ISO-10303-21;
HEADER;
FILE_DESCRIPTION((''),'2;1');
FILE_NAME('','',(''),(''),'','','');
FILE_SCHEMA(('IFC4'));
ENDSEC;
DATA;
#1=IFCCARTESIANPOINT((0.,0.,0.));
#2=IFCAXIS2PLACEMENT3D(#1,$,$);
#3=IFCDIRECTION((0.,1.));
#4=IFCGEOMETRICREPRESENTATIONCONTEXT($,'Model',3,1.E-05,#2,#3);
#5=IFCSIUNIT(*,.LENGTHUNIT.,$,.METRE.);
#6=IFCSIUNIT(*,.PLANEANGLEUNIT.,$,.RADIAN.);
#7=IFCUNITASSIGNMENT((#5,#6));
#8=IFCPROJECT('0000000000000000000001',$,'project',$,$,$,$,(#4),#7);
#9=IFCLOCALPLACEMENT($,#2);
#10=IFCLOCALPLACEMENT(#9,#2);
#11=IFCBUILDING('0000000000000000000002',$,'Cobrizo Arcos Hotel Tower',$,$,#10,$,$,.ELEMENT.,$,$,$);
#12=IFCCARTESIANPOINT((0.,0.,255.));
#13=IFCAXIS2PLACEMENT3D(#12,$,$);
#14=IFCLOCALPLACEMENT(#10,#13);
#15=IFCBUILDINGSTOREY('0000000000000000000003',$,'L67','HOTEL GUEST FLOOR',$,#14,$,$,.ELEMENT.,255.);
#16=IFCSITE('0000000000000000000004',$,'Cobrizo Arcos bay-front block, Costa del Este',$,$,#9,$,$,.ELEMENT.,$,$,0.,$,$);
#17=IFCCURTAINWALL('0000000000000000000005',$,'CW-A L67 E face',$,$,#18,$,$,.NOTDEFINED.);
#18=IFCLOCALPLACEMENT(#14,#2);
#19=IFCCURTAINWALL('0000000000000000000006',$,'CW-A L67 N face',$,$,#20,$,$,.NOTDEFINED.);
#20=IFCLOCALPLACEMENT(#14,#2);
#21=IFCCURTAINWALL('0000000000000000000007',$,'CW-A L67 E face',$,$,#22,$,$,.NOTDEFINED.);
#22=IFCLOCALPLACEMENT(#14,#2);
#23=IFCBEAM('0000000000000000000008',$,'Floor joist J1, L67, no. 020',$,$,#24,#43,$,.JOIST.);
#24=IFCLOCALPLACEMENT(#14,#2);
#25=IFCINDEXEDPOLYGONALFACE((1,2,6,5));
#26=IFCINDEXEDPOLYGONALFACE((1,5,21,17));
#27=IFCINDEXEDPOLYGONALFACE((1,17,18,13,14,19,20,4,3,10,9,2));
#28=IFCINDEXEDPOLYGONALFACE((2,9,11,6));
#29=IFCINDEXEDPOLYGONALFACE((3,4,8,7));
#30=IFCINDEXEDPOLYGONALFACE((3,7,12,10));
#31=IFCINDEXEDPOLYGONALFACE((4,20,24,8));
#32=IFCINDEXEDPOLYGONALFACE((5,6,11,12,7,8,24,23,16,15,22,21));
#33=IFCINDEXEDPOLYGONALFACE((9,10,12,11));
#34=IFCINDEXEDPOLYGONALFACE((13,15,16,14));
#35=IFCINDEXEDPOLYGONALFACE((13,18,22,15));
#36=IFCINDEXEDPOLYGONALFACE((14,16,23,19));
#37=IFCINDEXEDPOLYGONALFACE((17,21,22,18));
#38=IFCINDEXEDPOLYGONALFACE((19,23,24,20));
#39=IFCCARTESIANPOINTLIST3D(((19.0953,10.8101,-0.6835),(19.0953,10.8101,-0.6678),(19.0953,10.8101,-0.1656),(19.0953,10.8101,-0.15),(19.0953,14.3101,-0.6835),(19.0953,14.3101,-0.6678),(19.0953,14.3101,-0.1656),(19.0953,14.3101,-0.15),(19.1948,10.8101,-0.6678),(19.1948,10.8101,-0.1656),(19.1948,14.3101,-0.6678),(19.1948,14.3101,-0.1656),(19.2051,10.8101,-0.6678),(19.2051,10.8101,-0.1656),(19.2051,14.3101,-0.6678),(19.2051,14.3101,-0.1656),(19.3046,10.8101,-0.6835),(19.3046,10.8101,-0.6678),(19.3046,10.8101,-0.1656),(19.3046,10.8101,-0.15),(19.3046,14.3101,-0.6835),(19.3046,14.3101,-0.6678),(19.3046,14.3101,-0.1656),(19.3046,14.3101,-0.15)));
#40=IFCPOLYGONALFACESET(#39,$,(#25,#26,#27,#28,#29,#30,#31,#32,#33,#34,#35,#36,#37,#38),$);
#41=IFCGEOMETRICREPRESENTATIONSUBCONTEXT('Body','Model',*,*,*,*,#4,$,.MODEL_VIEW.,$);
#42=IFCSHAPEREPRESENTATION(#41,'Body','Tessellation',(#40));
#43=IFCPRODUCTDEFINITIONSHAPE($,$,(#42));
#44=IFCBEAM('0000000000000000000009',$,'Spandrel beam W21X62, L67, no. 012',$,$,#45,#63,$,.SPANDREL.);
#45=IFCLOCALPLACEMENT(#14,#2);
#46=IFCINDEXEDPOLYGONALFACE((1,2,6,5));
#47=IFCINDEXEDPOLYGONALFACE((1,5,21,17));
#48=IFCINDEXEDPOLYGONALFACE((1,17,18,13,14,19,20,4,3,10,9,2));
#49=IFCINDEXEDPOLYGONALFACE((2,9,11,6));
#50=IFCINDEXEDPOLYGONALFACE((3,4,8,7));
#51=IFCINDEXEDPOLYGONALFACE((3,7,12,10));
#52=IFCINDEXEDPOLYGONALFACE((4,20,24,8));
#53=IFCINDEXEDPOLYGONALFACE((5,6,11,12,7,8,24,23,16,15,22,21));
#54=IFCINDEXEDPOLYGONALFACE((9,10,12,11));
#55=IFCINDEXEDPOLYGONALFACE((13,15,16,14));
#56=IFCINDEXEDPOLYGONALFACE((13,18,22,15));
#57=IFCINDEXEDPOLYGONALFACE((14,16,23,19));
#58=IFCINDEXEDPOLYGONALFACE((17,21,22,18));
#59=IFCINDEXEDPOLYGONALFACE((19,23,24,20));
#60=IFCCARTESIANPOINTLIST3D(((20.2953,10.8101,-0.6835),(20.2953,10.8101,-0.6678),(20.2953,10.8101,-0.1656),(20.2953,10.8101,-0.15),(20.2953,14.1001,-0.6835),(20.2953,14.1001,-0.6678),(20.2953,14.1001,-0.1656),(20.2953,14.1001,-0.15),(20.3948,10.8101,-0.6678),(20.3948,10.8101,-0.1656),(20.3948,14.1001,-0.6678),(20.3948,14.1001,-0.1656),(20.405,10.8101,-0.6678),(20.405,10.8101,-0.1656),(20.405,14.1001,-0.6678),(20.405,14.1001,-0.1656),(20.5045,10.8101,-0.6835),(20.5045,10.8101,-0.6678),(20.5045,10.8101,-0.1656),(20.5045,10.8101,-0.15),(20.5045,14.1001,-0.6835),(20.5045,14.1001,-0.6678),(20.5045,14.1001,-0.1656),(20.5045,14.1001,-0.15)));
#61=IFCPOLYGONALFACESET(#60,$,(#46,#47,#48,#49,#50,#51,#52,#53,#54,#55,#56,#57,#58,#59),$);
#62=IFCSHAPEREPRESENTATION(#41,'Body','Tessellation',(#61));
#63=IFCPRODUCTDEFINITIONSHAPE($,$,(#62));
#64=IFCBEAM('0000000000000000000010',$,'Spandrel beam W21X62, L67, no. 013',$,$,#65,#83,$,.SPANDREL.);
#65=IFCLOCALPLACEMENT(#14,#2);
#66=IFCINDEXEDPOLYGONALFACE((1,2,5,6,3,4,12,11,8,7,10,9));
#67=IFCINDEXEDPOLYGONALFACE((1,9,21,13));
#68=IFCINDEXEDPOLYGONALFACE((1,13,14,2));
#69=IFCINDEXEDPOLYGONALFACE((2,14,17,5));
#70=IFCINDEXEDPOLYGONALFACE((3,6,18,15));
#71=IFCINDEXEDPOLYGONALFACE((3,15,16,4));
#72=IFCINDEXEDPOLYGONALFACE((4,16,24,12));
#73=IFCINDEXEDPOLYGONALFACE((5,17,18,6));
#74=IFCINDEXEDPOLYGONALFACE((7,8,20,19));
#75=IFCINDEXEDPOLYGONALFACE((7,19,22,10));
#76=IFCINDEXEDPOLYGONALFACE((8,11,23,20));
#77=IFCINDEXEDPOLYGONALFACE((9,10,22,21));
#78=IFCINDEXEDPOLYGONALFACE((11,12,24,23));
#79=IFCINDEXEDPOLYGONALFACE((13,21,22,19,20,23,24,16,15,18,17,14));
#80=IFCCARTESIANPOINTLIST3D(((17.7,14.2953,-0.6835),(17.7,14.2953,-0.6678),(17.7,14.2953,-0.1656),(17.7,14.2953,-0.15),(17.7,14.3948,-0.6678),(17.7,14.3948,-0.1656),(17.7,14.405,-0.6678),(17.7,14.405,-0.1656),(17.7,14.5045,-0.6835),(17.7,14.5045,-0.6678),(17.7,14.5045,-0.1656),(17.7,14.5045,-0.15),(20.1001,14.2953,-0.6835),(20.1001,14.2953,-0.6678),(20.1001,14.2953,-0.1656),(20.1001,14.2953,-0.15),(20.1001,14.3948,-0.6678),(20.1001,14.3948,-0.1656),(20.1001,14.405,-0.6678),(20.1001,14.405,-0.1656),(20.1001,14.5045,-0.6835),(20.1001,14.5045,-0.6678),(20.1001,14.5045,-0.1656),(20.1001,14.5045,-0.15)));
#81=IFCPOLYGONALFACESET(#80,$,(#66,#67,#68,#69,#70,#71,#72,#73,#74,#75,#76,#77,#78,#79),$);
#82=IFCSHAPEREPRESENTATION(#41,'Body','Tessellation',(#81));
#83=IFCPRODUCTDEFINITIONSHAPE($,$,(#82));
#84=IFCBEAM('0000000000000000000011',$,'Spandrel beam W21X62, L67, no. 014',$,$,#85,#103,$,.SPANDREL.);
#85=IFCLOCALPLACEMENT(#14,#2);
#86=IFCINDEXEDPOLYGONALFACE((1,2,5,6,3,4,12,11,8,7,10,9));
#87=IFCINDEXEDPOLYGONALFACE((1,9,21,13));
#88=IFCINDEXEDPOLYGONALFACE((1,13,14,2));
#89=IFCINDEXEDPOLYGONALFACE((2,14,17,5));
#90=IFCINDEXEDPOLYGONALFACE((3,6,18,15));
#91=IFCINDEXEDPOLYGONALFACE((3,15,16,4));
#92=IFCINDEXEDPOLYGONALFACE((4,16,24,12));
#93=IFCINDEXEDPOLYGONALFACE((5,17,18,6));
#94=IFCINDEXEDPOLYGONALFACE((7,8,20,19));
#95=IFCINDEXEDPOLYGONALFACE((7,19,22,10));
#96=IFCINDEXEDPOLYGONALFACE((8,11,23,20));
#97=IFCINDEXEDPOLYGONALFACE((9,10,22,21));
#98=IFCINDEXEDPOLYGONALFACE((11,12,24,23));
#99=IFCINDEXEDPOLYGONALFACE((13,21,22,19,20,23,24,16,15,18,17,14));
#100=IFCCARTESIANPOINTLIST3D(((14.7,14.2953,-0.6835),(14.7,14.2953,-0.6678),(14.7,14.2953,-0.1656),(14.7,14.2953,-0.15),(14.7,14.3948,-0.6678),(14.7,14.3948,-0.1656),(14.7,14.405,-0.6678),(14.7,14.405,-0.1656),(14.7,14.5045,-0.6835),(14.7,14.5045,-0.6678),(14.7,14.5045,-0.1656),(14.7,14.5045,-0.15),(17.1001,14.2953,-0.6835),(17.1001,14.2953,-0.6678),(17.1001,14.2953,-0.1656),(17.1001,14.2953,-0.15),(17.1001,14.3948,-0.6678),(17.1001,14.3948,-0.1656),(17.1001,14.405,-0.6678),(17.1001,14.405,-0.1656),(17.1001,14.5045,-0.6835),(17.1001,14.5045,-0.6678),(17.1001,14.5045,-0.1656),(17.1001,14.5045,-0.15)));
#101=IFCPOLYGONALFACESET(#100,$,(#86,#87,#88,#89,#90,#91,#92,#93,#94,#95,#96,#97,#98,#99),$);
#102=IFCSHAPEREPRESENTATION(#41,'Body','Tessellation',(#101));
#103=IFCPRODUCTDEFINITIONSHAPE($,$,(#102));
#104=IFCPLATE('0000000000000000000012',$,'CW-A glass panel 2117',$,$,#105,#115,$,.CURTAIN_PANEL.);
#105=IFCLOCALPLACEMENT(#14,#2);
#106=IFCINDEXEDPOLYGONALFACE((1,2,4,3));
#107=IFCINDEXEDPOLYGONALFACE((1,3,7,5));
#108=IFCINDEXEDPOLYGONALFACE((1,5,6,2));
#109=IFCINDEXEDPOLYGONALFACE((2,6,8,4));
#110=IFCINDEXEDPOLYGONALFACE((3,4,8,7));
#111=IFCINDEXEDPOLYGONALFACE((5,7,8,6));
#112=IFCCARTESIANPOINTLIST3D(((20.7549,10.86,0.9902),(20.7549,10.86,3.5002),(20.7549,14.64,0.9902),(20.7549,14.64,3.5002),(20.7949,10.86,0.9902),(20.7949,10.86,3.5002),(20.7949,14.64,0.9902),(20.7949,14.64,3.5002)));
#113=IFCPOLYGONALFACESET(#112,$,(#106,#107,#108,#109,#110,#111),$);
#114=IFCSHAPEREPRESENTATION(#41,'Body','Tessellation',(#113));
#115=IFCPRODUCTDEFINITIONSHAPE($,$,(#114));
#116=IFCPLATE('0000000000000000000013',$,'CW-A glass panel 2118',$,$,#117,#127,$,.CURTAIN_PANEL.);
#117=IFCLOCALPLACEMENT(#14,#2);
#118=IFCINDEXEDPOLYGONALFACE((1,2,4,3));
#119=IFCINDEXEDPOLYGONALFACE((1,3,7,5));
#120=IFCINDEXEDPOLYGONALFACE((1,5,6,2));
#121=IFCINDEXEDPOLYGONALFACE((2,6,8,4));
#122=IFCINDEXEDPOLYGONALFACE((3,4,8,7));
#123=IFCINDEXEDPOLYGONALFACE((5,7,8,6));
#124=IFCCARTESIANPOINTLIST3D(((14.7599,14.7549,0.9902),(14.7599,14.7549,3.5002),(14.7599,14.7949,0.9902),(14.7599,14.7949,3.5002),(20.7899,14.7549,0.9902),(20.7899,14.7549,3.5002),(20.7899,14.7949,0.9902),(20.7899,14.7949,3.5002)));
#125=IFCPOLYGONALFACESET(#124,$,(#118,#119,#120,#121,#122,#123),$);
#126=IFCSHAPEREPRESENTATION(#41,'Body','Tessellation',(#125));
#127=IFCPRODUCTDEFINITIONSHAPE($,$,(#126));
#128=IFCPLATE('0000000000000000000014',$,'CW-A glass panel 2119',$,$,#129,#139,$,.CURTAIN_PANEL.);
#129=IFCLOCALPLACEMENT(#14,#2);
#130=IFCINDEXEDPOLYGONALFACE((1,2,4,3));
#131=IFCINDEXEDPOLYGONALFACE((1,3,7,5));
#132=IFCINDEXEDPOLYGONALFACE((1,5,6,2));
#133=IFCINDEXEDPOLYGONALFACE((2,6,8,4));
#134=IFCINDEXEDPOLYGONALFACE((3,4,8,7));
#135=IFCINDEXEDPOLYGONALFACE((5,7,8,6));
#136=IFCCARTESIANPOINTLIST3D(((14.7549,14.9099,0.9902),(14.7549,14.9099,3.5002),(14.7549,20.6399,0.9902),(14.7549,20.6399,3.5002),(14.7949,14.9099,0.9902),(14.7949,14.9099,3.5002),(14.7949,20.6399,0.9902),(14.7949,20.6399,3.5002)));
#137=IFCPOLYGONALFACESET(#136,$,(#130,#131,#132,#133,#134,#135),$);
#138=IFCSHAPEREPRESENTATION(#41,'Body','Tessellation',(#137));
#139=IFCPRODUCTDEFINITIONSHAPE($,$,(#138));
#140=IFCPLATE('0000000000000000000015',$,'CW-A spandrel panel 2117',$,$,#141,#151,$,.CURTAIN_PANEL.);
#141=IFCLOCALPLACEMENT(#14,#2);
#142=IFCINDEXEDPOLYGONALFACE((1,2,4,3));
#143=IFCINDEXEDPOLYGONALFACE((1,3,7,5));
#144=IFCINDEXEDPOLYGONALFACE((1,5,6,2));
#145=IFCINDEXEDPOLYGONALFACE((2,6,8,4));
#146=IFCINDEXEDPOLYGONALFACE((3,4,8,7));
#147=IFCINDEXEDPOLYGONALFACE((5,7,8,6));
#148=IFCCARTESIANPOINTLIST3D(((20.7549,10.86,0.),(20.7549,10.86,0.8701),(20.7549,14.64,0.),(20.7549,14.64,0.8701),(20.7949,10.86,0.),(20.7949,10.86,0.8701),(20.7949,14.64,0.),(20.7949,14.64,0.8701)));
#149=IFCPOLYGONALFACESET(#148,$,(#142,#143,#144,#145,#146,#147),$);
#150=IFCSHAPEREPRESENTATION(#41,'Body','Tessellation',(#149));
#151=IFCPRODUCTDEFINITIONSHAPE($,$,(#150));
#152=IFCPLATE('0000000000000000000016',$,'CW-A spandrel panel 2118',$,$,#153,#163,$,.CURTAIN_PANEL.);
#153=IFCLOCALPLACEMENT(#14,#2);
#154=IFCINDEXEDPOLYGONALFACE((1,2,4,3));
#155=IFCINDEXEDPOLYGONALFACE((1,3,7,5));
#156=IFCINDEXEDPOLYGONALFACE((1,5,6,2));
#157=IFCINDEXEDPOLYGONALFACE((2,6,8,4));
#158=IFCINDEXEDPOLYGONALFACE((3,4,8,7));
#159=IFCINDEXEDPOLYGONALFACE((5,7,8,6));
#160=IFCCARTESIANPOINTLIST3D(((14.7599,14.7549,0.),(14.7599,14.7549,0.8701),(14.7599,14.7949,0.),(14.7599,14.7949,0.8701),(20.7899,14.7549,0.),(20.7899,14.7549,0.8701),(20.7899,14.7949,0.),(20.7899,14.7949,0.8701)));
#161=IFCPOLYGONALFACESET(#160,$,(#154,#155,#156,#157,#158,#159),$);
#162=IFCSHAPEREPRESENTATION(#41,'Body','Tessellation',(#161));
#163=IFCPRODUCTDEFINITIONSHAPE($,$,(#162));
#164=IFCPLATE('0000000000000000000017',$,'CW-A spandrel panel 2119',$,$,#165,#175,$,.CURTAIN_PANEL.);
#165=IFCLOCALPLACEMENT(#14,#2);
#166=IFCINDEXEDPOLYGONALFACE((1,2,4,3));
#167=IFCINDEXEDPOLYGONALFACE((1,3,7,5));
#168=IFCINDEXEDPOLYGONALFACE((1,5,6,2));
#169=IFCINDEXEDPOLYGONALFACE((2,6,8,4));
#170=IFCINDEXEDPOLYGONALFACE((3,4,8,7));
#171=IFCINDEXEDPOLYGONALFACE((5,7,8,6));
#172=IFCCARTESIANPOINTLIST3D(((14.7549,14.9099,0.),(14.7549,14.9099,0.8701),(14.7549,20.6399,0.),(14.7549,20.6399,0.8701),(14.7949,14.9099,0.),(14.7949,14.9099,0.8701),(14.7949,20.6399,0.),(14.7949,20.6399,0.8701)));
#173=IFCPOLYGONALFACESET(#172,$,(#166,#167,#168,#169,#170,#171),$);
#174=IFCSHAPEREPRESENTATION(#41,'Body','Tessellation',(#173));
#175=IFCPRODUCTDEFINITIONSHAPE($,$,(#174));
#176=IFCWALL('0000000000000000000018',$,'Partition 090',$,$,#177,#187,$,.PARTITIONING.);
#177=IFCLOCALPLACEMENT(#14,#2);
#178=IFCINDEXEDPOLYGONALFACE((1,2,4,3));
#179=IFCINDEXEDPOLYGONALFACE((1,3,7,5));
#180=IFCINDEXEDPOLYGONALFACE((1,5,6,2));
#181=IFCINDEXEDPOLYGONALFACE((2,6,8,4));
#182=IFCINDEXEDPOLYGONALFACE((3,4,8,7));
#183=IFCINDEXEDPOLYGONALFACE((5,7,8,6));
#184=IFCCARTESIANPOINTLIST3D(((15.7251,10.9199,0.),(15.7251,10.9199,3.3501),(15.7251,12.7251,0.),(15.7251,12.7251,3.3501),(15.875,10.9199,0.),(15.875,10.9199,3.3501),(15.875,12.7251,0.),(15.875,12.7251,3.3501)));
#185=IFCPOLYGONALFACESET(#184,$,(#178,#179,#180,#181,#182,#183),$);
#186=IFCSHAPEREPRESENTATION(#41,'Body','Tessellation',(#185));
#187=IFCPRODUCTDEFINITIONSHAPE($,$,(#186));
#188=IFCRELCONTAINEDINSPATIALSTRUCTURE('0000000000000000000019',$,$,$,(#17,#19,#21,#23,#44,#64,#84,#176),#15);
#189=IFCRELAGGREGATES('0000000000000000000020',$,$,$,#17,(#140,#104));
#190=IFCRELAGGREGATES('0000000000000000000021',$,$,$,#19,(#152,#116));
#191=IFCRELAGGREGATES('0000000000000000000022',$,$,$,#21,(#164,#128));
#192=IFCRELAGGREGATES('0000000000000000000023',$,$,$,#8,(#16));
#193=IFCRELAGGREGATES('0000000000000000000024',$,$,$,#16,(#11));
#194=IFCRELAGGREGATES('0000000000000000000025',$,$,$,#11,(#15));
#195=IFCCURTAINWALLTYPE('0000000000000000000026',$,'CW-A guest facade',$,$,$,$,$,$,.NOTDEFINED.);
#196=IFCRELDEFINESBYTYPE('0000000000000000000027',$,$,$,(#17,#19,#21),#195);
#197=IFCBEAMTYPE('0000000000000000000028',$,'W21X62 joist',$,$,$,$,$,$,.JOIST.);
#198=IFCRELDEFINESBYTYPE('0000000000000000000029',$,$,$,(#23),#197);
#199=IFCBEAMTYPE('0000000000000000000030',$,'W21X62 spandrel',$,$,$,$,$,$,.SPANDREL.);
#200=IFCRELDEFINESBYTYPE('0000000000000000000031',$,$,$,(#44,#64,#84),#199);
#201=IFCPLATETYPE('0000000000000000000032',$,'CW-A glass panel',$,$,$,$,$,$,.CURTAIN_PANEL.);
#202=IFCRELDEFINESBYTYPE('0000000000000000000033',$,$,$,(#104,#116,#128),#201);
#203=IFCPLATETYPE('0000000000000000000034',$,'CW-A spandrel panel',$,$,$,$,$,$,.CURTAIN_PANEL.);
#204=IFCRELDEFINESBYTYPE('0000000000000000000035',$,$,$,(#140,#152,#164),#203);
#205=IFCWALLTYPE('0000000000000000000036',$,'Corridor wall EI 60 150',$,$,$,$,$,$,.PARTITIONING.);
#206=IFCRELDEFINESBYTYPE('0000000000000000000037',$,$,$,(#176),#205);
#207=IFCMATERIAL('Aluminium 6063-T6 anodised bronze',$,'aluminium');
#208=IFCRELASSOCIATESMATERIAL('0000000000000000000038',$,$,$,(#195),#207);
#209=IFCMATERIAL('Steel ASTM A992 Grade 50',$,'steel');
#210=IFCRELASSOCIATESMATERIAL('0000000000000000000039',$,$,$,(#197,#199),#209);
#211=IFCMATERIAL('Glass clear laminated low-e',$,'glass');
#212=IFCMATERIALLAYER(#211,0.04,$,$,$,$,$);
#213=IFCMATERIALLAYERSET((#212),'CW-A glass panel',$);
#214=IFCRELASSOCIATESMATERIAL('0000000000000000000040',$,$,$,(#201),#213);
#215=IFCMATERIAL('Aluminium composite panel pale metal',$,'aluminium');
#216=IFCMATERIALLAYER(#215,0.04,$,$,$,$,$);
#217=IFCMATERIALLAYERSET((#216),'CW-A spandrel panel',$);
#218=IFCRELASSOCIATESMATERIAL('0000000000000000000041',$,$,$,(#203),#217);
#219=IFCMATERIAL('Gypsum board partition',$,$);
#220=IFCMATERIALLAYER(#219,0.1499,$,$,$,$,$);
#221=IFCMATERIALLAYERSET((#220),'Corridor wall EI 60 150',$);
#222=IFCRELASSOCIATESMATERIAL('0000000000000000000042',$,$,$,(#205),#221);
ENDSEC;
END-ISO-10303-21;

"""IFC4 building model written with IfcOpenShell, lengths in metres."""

from ifc_helpers import new_model, si_unit, direction, frame, frame_2d, origin, origin_2d, place, context, subcontext, project, spatial, rectangle, i_section, extrude, material, layer, layer_set, material_profile, profile_set, type_object, element, aggregate, save


model = new_model("IFC4")

# Units and contexts
model_context = context("Model", 3, precision=1e-05, world=origin(), true_north=direction((0.0, 1.0)))
body_context = subcontext(model_context, "Body", "Model", "MODEL_VIEW")
ifc_project = project(units=[si_unit("LENGTHUNIT", "METRE"), si_unit("PLANEANGLEUNIT", "RADIAN")], contexts=[model_context])

# Site, building, storey
site_placement = place(None, origin())
site = spatial("IfcSite", under=ifc_project, at=site_placement, Name="Cobrizo Arcos bay-front block, Costa del Este", CompositionType="ELEMENT", RefElevation=0.0)
building_placement = place(site_placement, origin())
building = spatial("IfcBuilding", under=site, at=building_placement, Name="Cobrizo Arcos Hotel Tower", CompositionType="ELEMENT")
storey_placement = place(building_placement, frame((0.0, 0.0, 255.0)))
storey = spatial("IfcBuildingStorey", under=building, at=storey_placement, Name="L67", Description="HOTEL GUEST FLOOR", CompositionType="ELEMENT", Elevation=255.0)

# Curtain walls
ifc_material_1 = material(Name="Aluminium 6063-T6 anodised bronze", Category="aluminium")
curtain_wall_type = type_object("IfcCurtainWallType", Name="CW-A guest facade", PredefinedType="NOTDEFINED", material=ifc_material_1)
curtain_wall_1_placement = place(storey_placement, origin())
curtain_wall_1 = element("IfcCurtainWall", 1, at=curtain_wall_1_placement, inside=storey, type_object=curtain_wall_type, Name="CW-A L67 E face", PredefinedType="NOTDEFINED")
curtain_wall_2_placement = place(storey_placement, origin())
curtain_wall_2 = element("IfcCurtainWall", 2, at=curtain_wall_2_placement, inside=storey, type_object=curtain_wall_type, Name="CW-A L67 N face", PredefinedType="NOTDEFINED")
curtain_wall_3_placement = place(storey_placement, origin())
curtain_wall_3 = element("IfcCurtainWall", 3, at=curtain_wall_3_placement, inside=storey, type_object=curtain_wall_type, Name="CW-A L67 E face", PredefinedType="NOTDEFINED")

# Beams
ifc_material_2 = material(Name="Steel ASTM A992 Grade 50", Category="steel")
ifc_material_profile_1 = material_profile(ifc_material_2, i_section(OverallWidth=0.2092, OverallDepth=0.5334, WebThickness=0.0103, FlangeThickness=0.0156, at=origin_2d()), Name="W21X62")
ifc_profile_set_1 = profile_set([ifc_material_profile_1], Name="Steel ASTM A992 Grade 50")
beam_type_1 = type_object("IfcBeamType", Name="W21X62 joist", PredefinedType="JOIST", material=ifc_profile_set_1)
beam_1_placement = place(storey_placement, frame((19.2, 10.8101, -0.4167), z_axis=(0.0, 1.0, 0.0), x_axis=(-1.0, 0.0, 0.0)))
element("IfcBeam", 4, at=beam_1_placement, inside=storey, type_object=beam_type_1, Name="Floor joist J1, L67, no. 020", PredefinedType="JOIST", context=body_context, shape_type="SweptSolid", body=[
    extrude(i_section(OverallWidth=0.2092, OverallDepth=0.5334, WebThickness=0.0103, FlangeThickness=0.0156, at=origin_2d()), origin(), (0.0, 0.0, 1.0), 3.5),
])
ifc_material_profile_2 = material_profile(ifc_material_2, i_section(OverallWidth=0.2092, OverallDepth=0.5334, WebThickness=0.0103, FlangeThickness=0.0156, at=origin_2d()), Name="W21X62")
ifc_profile_set_2 = profile_set([ifc_material_profile_2], Name="Steel ASTM A992 Grade 50")
beam_type_2 = type_object("IfcBeamType", Name="W21X62 spandrel", PredefinedType="SPANDREL", material=ifc_profile_set_2)
beam_2_placement = place(storey_placement, frame((20.3999, 10.8101, -0.4167), z_axis=(0.0, 1.0, 0.0), x_axis=(-1.0, 0.0, 0.0)))
element("IfcBeam", 5, at=beam_2_placement, inside=storey, type_object=beam_type_2, Name="Spandrel beam W21X62, L67, no. 012", PredefinedType="SPANDREL", context=body_context, shape_type="SweptSolid", body=[
    extrude(i_section(OverallWidth=0.2092, OverallDepth=0.5334, WebThickness=0.0103, FlangeThickness=0.0156, at=origin_2d()), origin(), (0.0, 0.0, 1.0), 3.29),
])
for number, where, z_axis, x_axis, name in (
    (6, (20.1001, 14.3999, -0.4167), (-1.0, 0.0, 0.0), (0.0, -1.0, 0.0), "Spandrel beam W21X62, L67, no. 013"),
    (7, (17.1001, 14.3999, -0.4167), (-1.0, 0.0, 0.0), (0.0, -1.0, 0.0), "Spandrel beam W21X62, L67, no. 014"),
):
    element("IfcBeam", number, at=place(storey_placement, frame(where, z_axis=z_axis, x_axis=x_axis)), inside=storey, type_object=beam_type_2, Name=name, PredefinedType="SPANDREL", context=body_context, shape_type="SweptSolid", body=[
        extrude(i_section(OverallWidth=0.2092, OverallDepth=0.5334, WebThickness=0.0103, FlangeThickness=0.0156, at=origin_2d()), origin(), (0.0, 0.0, 1.0), 2.4001),
    ])

# Plates
ifc_material_3 = material(Name="Glass clear laminated low-e", Category="glass")
ifc_layer_1 = layer(ifc_material_3, 0.04)
ifc_layer_set_1 = layer_set([ifc_layer_1], Name="CW-A glass panel")
plate_type_1 = type_object("IfcPlateType", Name="CW-A glass panel", PredefinedType="CURTAIN_PANEL", material=ifc_layer_set_1)
plate_1_placement = place(storey_placement, frame((20.7749, 12.75, 0.9902), z_axis=(0.0, 0.0, 1.0), x_axis=(0.0, 1.0, 0.0)))
plate_1 = element("IfcPlate", 8, at=plate_1_placement, type_object=plate_type_1, Name="CW-A glass panel 2117", PredefinedType="CURTAIN_PANEL", context=body_context, shape_type="SweptSolid", body=[
    extrude(rectangle(XDim=3.78, YDim=0.04, at=origin_2d()), origin(), (0.0, 0.0, 1.0), 2.51),
])
plate_2_placement = place(storey_placement, frame((17.7749, 14.7749, 0.9902), z_axis=(0.0, 0.0, 1.0), x_axis=(-1.0, 0.0, 0.0)))
plate_2 = element("IfcPlate", 9, at=plate_2_placement, type_object=plate_type_1, Name="CW-A glass panel 2118", PredefinedType="CURTAIN_PANEL", context=body_context, shape_type="SweptSolid", body=[
    extrude(rectangle(XDim=6.03, YDim=0.04, at=origin_2d()), origin(), (0.0, 0.0, 1.0), 2.51),
])
plate_3_placement = place(storey_placement, frame((14.7749, 17.7749, 0.9902), z_axis=(0.0, 0.0, 1.0), x_axis=(0.0, 1.0, 0.0)))
plate_3 = element("IfcPlate", 10, at=plate_3_placement, type_object=plate_type_1, Name="CW-A glass panel 2119", PredefinedType="CURTAIN_PANEL", context=body_context, shape_type="SweptSolid", body=[
    extrude(rectangle(XDim=5.73, YDim=0.04, at=origin_2d()), origin(), (0.0, 0.0, 1.0), 2.51),
])
ifc_material_4 = material(Name="Aluminium composite panel pale metal", Category="aluminium")
ifc_layer_2 = layer(ifc_material_4, 0.04)
ifc_layer_set_2 = layer_set([ifc_layer_2], Name="CW-A spandrel panel")
plate_type_2 = type_object("IfcPlateType", Name="CW-A spandrel panel", PredefinedType="CURTAIN_PANEL", material=ifc_layer_set_2)
plate_4_placement = place(storey_placement, frame((20.7749, 12.75, 0.0), z_axis=(0.0, 0.0, 1.0), x_axis=(0.0, 1.0, 0.0)))
plate_4 = element("IfcPlate", 11, at=plate_4_placement, type_object=plate_type_2, Name="CW-A spandrel panel 2117", PredefinedType="CURTAIN_PANEL", context=body_context, shape_type="SweptSolid", body=[
    extrude(rectangle(XDim=3.78, YDim=0.04, at=origin_2d()), origin(), (0.0, 0.0, 1.0), 0.8701),
])
aggregate(curtain_wall_1, [plate_4, plate_1])
plate_5_placement = place(storey_placement, frame((17.7749, 14.7749, 0.0), z_axis=(0.0, 0.0, 1.0), x_axis=(-1.0, 0.0, 0.0)))
plate_5 = element("IfcPlate", 12, at=plate_5_placement, type_object=plate_type_2, Name="CW-A spandrel panel 2118", PredefinedType="CURTAIN_PANEL", context=body_context, shape_type="SweptSolid", body=[
    extrude(rectangle(XDim=6.03, YDim=0.04, at=origin_2d()), origin(), (0.0, 0.0, 1.0), 0.8701),
])
aggregate(curtain_wall_2, [plate_5, plate_2])
plate_6_placement = place(storey_placement, frame((14.7749, 17.7749, 0.0), z_axis=(0.0, 0.0, 1.0), x_axis=(0.0, 1.0, 0.0)))
plate_6 = element("IfcPlate", 13, at=plate_6_placement, type_object=plate_type_2, Name="CW-A spandrel panel 2119", PredefinedType="CURTAIN_PANEL", context=body_context, shape_type="SweptSolid", body=[
    extrude(rectangle(XDim=5.73, YDim=0.04, at=origin_2d()), origin(), (0.0, 0.0, 1.0), 0.8701),
])
aggregate(curtain_wall_3, [plate_6, plate_3])

# Wall
ifc_material_5 = material(Name="Gypsum board partition")
ifc_layer_3 = layer(ifc_material_5, 0.1499)
ifc_layer_set_3 = layer_set([ifc_layer_3], Name="Corridor wall EI 60 150")
wall_type_1 = type_object("IfcWallType", Name="Corridor wall EI 60 150", PredefinedType="PARTITIONING", material=ifc_layer_set_3)
wall_1_placement = place(storey_placement, frame((15.8, 10.9199, 0.0), z_axis=(0.0, 0.0, 1.0), x_axis=(0.0, 1.0, 0.0)))
element("IfcWall", 14, at=wall_1_placement, inside=storey, type_object=wall_type_1, Name="Partition 090", PredefinedType="PARTITIONING", context=body_context, shape_type="SweptSolid", body=[
    extrude(rectangle(XDim=1.8052, YDim=0.1499, at=frame_2d((0.9026, 0.0))), origin(), (0.0, 0.0, 1.0), 3.3501),
])

save(model, "model.ifc")
